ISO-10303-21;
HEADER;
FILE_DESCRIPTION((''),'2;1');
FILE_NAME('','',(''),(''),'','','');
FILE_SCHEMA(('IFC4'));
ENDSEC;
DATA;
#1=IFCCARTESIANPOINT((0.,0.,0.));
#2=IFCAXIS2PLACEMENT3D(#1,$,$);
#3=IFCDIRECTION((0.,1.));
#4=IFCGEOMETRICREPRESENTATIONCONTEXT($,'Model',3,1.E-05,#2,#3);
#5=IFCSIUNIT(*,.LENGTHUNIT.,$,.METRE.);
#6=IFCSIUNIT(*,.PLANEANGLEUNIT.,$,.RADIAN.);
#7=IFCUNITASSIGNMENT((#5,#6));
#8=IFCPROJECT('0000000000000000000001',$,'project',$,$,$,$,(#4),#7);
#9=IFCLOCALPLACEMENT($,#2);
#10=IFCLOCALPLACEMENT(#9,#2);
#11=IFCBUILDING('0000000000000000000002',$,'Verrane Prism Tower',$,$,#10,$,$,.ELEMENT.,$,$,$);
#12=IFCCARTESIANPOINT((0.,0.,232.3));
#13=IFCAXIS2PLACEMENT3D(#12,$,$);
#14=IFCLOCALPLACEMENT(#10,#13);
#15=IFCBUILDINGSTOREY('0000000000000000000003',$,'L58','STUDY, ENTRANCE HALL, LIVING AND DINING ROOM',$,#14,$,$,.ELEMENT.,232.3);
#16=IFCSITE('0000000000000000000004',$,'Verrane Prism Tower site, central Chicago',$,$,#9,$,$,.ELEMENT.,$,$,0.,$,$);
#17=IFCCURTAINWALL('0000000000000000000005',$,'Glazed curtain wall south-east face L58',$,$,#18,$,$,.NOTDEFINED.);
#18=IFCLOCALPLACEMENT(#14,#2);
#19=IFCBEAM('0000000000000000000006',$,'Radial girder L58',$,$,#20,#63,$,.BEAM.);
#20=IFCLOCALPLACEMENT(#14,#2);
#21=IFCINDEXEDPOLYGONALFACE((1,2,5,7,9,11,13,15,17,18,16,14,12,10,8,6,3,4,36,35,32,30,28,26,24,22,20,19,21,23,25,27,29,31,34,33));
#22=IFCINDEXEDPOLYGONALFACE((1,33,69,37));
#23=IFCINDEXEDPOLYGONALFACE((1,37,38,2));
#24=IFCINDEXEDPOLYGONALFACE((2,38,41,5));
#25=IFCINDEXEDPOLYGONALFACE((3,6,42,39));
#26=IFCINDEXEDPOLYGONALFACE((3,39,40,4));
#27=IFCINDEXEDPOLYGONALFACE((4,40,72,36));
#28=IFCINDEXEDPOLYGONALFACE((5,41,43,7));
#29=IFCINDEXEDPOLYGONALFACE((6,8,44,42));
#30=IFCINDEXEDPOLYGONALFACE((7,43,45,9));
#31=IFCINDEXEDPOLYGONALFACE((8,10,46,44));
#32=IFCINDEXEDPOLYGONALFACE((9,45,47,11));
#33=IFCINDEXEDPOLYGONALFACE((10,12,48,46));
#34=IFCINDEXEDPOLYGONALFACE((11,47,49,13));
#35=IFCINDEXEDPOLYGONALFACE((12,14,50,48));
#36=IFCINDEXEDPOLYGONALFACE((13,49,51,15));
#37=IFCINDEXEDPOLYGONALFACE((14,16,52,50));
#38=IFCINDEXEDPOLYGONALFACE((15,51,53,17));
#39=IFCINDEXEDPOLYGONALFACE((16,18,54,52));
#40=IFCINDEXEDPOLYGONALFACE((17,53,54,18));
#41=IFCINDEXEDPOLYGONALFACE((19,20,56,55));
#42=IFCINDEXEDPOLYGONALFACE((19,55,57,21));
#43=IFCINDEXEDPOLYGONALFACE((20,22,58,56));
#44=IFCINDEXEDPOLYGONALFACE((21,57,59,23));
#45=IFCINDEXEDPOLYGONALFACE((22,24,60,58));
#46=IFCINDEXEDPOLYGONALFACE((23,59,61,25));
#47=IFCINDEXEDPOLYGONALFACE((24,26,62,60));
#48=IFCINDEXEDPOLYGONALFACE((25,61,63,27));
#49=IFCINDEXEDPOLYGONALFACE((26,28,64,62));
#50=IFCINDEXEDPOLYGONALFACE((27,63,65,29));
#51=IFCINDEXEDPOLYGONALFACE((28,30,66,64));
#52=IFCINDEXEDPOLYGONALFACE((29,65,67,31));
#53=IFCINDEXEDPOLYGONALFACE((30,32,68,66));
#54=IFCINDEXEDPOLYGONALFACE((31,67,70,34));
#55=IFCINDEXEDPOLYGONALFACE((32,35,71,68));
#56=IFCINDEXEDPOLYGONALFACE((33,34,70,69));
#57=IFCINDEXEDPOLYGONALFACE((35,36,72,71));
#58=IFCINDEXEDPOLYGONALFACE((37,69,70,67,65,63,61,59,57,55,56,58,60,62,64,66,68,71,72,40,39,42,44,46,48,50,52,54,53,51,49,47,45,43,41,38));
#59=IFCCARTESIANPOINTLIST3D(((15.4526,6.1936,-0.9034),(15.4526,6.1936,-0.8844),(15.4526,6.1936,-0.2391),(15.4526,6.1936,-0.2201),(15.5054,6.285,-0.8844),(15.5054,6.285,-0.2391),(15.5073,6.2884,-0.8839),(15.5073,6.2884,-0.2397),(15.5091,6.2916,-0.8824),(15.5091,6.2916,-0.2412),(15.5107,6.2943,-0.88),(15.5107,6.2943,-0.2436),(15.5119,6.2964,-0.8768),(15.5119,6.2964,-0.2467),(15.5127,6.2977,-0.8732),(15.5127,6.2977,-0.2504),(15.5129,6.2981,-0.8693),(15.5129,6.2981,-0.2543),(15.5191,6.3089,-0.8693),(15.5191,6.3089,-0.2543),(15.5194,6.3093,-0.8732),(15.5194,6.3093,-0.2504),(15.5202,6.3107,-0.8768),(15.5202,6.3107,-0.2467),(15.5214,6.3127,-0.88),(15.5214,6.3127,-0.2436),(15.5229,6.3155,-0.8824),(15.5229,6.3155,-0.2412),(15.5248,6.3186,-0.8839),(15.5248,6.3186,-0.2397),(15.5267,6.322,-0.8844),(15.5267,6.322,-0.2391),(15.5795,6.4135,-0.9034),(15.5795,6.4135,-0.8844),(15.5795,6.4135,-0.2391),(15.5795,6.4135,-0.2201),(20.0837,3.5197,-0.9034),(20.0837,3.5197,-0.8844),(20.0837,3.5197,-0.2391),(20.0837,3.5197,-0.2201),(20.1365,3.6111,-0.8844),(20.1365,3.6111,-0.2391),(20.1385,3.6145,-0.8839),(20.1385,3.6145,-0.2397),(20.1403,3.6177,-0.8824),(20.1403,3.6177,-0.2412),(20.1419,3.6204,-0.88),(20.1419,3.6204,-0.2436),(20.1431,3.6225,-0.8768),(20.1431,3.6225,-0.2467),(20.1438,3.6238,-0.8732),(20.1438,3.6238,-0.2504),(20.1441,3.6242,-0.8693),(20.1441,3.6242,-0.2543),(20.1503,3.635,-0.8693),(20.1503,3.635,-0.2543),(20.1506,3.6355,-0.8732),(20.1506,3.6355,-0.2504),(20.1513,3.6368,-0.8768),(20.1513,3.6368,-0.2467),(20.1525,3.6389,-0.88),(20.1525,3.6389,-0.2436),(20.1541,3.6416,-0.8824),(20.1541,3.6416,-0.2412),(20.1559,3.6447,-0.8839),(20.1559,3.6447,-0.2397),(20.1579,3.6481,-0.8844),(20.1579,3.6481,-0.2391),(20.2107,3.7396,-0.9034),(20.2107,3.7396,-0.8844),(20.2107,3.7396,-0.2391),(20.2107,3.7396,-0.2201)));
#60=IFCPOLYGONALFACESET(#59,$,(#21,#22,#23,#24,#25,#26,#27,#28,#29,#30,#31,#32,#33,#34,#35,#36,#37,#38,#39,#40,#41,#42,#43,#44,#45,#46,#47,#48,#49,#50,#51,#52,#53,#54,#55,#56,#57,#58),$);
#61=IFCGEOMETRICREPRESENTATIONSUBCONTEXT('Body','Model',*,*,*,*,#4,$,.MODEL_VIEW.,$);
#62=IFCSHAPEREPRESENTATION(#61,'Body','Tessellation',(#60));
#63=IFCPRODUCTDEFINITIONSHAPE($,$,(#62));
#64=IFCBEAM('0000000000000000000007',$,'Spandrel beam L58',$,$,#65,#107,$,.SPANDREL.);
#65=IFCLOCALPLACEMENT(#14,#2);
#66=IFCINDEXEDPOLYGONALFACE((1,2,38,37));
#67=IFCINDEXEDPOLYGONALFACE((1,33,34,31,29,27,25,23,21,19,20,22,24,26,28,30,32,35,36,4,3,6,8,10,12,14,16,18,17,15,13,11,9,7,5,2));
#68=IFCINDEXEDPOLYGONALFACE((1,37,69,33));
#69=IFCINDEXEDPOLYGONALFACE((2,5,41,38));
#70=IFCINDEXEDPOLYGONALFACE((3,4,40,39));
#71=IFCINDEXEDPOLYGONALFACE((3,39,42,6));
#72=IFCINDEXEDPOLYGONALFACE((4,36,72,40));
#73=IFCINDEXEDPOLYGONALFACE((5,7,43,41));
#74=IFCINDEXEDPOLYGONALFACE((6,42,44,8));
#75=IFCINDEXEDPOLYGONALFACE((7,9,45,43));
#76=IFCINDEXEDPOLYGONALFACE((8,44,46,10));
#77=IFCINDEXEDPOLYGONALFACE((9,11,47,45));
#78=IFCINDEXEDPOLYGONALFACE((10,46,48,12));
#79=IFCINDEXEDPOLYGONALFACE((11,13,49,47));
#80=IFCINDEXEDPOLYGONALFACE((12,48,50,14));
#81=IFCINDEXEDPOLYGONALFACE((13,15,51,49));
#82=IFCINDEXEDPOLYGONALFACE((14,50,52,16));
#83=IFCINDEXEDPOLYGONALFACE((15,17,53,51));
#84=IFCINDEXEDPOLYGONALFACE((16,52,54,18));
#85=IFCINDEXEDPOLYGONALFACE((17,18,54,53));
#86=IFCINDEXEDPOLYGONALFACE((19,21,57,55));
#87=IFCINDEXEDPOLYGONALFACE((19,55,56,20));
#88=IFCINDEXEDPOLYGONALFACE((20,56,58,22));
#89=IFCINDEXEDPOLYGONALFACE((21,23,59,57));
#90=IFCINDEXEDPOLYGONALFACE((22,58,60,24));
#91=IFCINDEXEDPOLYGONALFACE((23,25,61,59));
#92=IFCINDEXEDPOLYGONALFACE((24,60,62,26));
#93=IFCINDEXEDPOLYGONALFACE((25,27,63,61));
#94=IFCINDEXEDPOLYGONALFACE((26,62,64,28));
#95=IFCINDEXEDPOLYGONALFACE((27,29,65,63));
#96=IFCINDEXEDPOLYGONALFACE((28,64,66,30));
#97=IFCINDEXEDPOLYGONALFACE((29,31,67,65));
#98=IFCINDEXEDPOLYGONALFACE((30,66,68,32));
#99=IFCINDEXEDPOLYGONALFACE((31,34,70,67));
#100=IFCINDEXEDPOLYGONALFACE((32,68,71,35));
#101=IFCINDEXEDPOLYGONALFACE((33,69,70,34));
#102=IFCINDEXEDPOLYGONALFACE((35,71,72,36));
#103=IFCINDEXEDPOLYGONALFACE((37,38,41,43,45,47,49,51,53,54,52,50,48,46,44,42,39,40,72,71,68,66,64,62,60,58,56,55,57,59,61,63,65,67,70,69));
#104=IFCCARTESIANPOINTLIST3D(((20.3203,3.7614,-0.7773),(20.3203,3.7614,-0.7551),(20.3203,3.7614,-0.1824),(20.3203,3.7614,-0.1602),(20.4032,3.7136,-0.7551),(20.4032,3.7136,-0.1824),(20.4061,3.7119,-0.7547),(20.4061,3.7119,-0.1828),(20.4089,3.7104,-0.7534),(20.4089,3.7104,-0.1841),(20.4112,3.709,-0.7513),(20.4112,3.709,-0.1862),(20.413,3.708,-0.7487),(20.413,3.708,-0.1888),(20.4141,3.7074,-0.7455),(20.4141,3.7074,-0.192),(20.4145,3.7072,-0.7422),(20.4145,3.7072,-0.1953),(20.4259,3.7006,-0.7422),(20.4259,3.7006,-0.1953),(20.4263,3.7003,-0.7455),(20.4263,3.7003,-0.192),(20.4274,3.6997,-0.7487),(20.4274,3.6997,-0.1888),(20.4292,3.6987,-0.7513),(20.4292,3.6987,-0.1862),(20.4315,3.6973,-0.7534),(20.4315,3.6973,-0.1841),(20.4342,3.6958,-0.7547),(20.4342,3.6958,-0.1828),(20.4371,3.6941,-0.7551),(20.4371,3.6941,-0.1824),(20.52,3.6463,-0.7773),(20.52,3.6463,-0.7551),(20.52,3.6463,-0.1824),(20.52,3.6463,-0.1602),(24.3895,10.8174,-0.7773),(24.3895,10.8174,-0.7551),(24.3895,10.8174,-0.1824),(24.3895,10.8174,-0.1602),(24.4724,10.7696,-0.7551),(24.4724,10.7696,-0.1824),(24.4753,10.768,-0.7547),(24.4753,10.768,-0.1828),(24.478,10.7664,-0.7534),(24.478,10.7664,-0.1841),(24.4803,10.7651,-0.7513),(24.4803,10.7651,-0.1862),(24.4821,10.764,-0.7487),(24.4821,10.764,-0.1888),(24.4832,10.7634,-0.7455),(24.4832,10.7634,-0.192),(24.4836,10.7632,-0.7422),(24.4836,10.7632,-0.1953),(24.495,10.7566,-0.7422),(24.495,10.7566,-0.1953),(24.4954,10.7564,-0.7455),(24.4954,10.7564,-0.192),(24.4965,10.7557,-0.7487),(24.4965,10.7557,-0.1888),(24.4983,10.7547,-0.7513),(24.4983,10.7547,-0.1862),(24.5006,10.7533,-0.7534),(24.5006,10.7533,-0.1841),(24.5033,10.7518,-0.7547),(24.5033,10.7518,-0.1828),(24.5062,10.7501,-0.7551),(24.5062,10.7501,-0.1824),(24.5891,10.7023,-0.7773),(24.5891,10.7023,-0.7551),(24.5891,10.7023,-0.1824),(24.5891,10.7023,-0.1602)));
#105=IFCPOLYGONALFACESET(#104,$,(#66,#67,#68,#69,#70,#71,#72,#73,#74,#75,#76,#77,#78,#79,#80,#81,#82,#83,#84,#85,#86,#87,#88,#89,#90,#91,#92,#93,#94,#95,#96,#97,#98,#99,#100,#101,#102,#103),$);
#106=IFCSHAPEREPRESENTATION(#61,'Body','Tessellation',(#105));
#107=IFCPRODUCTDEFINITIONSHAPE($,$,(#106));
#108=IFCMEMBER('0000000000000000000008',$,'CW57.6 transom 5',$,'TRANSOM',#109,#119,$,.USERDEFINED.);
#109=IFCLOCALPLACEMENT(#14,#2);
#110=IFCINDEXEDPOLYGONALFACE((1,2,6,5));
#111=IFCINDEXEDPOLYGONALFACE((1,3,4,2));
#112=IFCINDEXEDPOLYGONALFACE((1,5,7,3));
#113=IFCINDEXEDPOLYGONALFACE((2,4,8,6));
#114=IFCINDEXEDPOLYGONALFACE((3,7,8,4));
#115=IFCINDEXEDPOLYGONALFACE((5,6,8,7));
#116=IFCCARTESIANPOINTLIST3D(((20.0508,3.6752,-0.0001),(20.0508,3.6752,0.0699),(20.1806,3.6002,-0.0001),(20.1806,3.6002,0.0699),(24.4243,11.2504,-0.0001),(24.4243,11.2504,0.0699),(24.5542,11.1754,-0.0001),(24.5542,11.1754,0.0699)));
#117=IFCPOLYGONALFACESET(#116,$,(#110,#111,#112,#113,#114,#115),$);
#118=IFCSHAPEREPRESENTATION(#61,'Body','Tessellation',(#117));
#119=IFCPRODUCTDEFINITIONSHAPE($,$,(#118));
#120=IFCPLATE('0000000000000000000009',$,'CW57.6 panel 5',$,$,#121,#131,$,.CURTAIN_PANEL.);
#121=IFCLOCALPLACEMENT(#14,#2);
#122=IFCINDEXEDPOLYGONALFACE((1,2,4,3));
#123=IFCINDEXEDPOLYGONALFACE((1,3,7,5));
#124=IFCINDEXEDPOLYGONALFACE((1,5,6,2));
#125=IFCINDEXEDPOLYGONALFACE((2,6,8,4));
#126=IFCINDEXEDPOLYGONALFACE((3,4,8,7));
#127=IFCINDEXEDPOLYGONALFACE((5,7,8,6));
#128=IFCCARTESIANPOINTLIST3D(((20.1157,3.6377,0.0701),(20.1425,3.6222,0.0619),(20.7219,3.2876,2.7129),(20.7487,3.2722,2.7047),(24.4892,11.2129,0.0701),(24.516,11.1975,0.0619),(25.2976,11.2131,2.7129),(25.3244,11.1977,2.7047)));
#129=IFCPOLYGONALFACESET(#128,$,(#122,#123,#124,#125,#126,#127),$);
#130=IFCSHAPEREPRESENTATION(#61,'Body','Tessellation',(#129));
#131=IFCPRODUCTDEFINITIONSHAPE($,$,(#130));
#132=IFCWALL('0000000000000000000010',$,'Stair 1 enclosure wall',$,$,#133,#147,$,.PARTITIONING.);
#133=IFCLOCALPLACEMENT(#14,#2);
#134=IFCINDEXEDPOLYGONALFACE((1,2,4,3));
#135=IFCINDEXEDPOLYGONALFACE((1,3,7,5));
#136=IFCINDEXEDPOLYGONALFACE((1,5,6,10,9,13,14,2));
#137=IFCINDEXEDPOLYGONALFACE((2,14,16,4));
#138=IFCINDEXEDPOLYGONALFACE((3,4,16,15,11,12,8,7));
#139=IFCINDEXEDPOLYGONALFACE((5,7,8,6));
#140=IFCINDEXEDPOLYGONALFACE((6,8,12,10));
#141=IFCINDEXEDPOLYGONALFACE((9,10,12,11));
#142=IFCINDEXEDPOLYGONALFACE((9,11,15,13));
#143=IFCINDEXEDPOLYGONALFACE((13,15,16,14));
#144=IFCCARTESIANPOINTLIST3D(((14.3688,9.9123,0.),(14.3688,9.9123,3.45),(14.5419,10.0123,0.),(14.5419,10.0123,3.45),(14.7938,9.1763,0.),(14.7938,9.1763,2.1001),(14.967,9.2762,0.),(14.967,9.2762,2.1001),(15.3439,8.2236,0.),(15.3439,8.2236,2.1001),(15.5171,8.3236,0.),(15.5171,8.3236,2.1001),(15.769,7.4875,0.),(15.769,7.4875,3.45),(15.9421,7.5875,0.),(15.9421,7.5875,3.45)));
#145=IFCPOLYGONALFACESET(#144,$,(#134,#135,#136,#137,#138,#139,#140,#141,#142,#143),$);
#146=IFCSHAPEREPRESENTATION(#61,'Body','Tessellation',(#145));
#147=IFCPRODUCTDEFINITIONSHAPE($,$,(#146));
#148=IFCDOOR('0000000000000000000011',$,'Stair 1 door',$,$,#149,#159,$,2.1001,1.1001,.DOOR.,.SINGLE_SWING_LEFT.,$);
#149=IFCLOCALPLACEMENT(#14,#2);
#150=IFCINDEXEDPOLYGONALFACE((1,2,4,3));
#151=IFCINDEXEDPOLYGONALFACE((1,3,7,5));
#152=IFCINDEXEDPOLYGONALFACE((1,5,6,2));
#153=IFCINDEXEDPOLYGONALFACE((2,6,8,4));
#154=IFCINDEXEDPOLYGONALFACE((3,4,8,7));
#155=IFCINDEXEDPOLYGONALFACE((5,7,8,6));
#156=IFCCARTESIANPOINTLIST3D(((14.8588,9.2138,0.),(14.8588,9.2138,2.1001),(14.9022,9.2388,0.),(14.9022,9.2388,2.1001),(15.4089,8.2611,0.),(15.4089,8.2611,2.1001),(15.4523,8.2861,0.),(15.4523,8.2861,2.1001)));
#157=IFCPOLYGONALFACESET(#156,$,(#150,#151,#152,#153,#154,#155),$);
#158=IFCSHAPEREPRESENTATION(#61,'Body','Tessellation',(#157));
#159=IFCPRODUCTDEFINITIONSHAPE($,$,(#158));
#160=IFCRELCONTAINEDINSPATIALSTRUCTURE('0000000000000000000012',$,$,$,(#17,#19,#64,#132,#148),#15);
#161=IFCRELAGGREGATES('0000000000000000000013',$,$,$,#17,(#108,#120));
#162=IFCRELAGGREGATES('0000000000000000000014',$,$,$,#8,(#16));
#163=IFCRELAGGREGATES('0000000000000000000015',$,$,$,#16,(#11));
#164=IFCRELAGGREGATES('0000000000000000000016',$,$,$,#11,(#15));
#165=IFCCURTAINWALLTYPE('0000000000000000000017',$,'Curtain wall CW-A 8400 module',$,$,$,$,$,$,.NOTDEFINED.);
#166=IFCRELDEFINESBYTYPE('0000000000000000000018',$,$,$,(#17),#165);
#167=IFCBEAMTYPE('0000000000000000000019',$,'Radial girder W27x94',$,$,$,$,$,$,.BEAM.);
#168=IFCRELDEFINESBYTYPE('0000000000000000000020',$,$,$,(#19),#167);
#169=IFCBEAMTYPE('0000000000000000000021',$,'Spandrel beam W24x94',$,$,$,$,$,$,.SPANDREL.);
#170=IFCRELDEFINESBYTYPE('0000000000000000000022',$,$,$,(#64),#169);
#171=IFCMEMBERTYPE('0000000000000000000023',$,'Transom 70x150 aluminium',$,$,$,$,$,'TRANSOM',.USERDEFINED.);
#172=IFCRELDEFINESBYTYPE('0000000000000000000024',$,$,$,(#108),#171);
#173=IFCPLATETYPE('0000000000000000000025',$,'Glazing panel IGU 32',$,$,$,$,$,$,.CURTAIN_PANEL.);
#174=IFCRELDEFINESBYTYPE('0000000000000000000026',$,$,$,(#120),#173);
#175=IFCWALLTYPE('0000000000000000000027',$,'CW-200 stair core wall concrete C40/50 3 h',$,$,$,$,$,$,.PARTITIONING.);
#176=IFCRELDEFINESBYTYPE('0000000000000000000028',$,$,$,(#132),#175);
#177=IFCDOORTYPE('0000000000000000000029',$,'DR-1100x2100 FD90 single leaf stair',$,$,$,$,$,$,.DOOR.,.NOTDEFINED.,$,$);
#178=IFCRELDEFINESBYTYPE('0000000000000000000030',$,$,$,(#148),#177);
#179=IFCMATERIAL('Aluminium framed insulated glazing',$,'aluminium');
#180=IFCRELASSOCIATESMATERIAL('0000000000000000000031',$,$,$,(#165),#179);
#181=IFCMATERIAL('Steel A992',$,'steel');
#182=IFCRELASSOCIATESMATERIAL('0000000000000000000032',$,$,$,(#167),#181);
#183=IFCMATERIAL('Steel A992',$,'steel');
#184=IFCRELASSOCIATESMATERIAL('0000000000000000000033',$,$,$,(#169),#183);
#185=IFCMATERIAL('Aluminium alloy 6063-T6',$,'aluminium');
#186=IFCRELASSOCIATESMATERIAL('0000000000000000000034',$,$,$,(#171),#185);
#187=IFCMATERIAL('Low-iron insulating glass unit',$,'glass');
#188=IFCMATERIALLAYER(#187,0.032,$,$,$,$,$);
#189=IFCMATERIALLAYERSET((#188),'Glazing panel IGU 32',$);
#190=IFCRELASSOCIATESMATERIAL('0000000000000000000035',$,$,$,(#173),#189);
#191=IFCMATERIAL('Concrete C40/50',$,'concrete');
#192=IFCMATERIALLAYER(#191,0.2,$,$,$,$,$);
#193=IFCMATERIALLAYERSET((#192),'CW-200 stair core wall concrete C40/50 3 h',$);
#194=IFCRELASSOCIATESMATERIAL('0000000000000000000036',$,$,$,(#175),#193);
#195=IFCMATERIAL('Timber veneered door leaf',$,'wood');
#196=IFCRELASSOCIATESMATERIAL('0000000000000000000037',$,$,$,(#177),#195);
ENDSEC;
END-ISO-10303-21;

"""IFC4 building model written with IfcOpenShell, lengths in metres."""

from ifc_helpers import new_model, si_unit, direction, frame, frame_2d, origin, origin_2d, place, context, subcontext, project, spatial, polyline, rectangle, i_section, outline, extrude, material, layer, layer_set, material_profile, profile_set, type_object, element, fill, aggregate, save


model = new_model("IFC4")

# Units and contexts
model_context = context("Model", 3, precision=1e-05, world=origin(), true_north=direction((0.0, 1.0)))
body_context = subcontext(model_context, "Body", "Model", "MODEL_VIEW")
ifc_project = project(units=[si_unit("LENGTHUNIT", "METRE"), si_unit("PLANEANGLEUNIT", "RADIAN")], contexts=[model_context])

# Site, building, storey
site_placement = place(None, origin())
site = spatial("IfcSite", under=ifc_project, at=site_placement, Name="Verrane Prism Tower site, central Chicago", CompositionType="ELEMENT", RefElevation=0.0)
building_placement = place(site_placement, origin())
building = spatial("IfcBuilding", under=site, at=building_placement, Name="Verrane Prism Tower", CompositionType="ELEMENT")
storey_placement = place(building_placement, frame((0.0, 0.0, 232.3)))
storey = spatial("IfcBuildingStorey", under=building, at=storey_placement, Name="L58", Description="STUDY, ENTRANCE HALL, LIVING AND DINING ROOM", CompositionType="ELEMENT", Elevation=232.3)

# Curtain wall
ifc_material_1 = material(Name="Aluminium framed insulated glazing", Category="aluminium")
curtain_wall_type = type_object("IfcCurtainWallType", Name="Curtain wall CW-A 8400 module", PredefinedType="NOTDEFINED", material=ifc_material_1)
curtain_wall_1_placement = place(storey_placement, origin())
curtain_wall_1 = element("IfcCurtainWall", 1, at=curtain_wall_1_placement, inside=storey, type_object=curtain_wall_type, Name="Glazed curtain wall south-east face L58", PredefinedType="NOTDEFINED")

# Beams
ifc_material_2 = material(Name="Steel A992", Category="steel")
ifc_material_profile_1 = material_profile(ifc_material_2, i_section(OverallWidth=0.2539, OverallDepth=0.6833, WebThickness=0.0125, FlangeThickness=0.019, FilletRadius=0.0151, at=origin_2d()), Name="W27x94")
ifc_profile_set_1 = profile_set([ifc_material_profile_1], Name="Steel A992")
beam_type_1 = type_object("IfcBeamType", Name="Radial girder W27x94", PredefinedType="BEAM", material=ifc_profile_set_1)
beam_1_placement = place(storey_placement, frame((20.1472, 3.6296, -0.5618), z_axis=(-0.866021, 0.500008, 0.0), x_axis=(-0.500008, -0.866021, 0.0)))
element("IfcBeam", 2, at=beam_1_placement, inside=storey, type_object=beam_type_1, Name="Radial girder L58", PredefinedType="BEAM", context=body_context, shape_type="SweptSolid", body=[
    extrude(i_section(OverallWidth=0.2539, OverallDepth=0.6833, WebThickness=0.0125, FlangeThickness=0.019, FilletRadius=0.0151, at=origin_2d()), origin(), (0.0, 0.0, 1.0), 5.3477),
])
ifc_material_3 = material(Name="Steel A992", Category="steel")
ifc_material_profile_2 = material_profile(ifc_material_3, i_section(OverallWidth=0.2305, OverallDepth=0.6172, WebThickness=0.0132, FlangeThickness=0.0222, FilletRadius=0.0129, at=origin_2d()), Name="W24x94")
ifc_profile_set_2 = profile_set([ifc_material_profile_2], Name="Steel A992")
beam_type_2 = type_object("IfcBeamType", Name="Spandrel beam W24x94", PredefinedType="SPANDREL", material=ifc_profile_set_2)
beam_2_placement = place(storey_placement, frame((20.4202, 3.7039, -0.4688), z_axis=(0.499573, 0.866272, 0.0), x_axis=(-0.866272, 0.499573, 0.0)))
element("IfcBeam", 3, at=beam_2_placement, inside=storey, type_object=beam_type_2, Name="Spandrel beam L58", PredefinedType="SPANDREL", context=body_context, shape_type="SweptSolid", body=[
    extrude(i_section(OverallWidth=0.2305, OverallDepth=0.6172, WebThickness=0.0132, FlangeThickness=0.0222, FilletRadius=0.0129, at=origin_2d()), origin(), (0.0, 0.0, 1.0), 8.1453),
])

# Member
ifc_material_4 = material(Name="Aluminium alloy 6063-T6", Category="aluminium")
ifc_material_profile_3 = material_profile(ifc_material_4, rectangle(XDim=0.1499, YDim=0.0701, at=origin_2d()), Name="Transom 70x150 aluminium")
ifc_profile_set_3 = profile_set([ifc_material_profile_3], Name="Aluminium alloy 6063-T6")
member_type_1 = type_object("IfcMemberType", Name="Transom 70x150 aluminium", ElementType="TRANSOM", PredefinedType="USERDEFINED", material=ifc_profile_set_3)
member_1_placement = place(storey_placement, frame((20.1157, 3.6377, 0.0349), z_axis=(0.499999, 0.866026, 0.0), x_axis=(-0.866026, 0.499999, 0.0)))
member_1 = element("IfcMember", 4, at=member_1_placement, type_object=member_type_1, Name="CW57.6 transom 5", ObjectType="TRANSOM", PredefinedType="USERDEFINED", context=body_context, shape_type="SweptSolid", body=[
    extrude(rectangle(XDim=0.1499, YDim=0.0701, at=origin_2d()), origin(), (0.0, 0.0, 1.0), 8.7471),
])

# Plate
ifc_material_5 = material(Name="Low-iron insulating glass unit", Category="glass")
ifc_layer_1 = layer(ifc_material_5, 0.032)
ifc_layer_set_1 = layer_set([ifc_layer_1], Name="Glazing panel IGU 32")
plate_type = type_object("IfcPlateType", Name="Glazing panel IGU 32", PredefinedType="CURTAIN_PANEL", material=ifc_layer_set_1)
plate_placement = place(storey_placement, frame((20.1157, 3.6377, 0.0701), z_axis=(-0.837162, 0.483329, 0.256034), x_axis=(0.499995, 0.866028, 0.000001)))
plate = element("IfcPlate", 5, at=plate_placement, type_object=plate_type, Name="CW57.6 panel 5", PredefinedType="CURTAIN_PANEL", context=body_context, shape_type="SweptSolid", body=[
    extrude(outline(polyline([(0.0, 0.0), (8.7471, 0.0), (9.1515, -2.7339), (-0.0001, -2.734), (0.0, 0.0)])), origin(), (0.0, 0.0, -1.0), 0.032),
])
aggregate(curtain_wall_1, [member_1, plate])

# Wall, opening, door
ifc_material_6 = material(Name="Concrete C40/50", Category="concrete")
ifc_layer_2 = layer(ifc_material_6, 0.2)
ifc_layer_set_2 = layer_set([ifc_layer_2], Name="CW-200 stair core wall concrete C40/50 3 h")
wall_type_1 = type_object("IfcWallType", Name="CW-200 stair core wall concrete C40/50 3 h", PredefinedType="PARTITIONING", material=ifc_layer_set_2)
wall_1_placement = place(storey_placement, frame((15.8555, 7.5376, 0.0), z_axis=(0.0, 0.0, 1.0), x_axis=(-0.50005, 0.865997, 0.0)))
wall_1 = element("IfcWall", 6, at=wall_1_placement, inside=storey, type_object=wall_type_1, Name="Stair 1 enclosure wall", PredefinedType="PARTITIONING", context=body_context, shape_type="SweptSolid", body=[
    extrude(rectangle(XDim=2.8, YDim=0.2, at=frame_2d((1.3999, 0.0))), origin(), (0.0, 0.0, 1.0), 3.45),
])
opening_1_placement = place(wall_1_placement, frame((0.8499, 0.0, 0.0)))
opening_1 = element("IfcOpeningElement", 7, at=opening_1_placement, cuts=wall_1, PredefinedType="OPENING", context=body_context, shape_type="SweptSolid", body=[
    extrude(rectangle(XDim=1.1001, YDim=2.1001, at=frame_2d((0.55, 1.05))), frame((0.0, 0.1099, 0.0), z_axis=(0.0, -1.0, 0.0), x_axis=(1.0, 0.0, 0.0)), (0.0, 0.0, 1.0), 0.22),
])
ifc_material_7 = material(Name="Timber veneered door leaf", Category="wood")
door_type_1 = type_object("IfcDoorType", Name="DR-1100x2100 FD90 single leaf stair", OperationType="NOTDEFINED", PredefinedType="DOOR", material=ifc_material_7)
door_1_placement = place(opening_1_placement, origin())
door_1 = element("IfcDoor", 8, at=door_1_placement, inside=storey, type_object=door_type_1, Name="Stair 1 door", OperationType="SINGLE_SWING_LEFT", OverallHeight=2.1001, OverallWidth=1.1001, PredefinedType="DOOR", context=body_context, shape_type="SweptSolid", body=[
    extrude(rectangle(XDim=1.1001, YDim=2.1001, at=frame_2d((0.55, 1.05))), frame((0.0, 0.0249, 0.0), z_axis=(0.0, -1.0, 0.0), x_axis=(1.0, 0.0, 0.0)), (0.0, 0.0, 1.0), 0.05),
])
fill(opening_1, door_1)

save(model, "model.ifc")
